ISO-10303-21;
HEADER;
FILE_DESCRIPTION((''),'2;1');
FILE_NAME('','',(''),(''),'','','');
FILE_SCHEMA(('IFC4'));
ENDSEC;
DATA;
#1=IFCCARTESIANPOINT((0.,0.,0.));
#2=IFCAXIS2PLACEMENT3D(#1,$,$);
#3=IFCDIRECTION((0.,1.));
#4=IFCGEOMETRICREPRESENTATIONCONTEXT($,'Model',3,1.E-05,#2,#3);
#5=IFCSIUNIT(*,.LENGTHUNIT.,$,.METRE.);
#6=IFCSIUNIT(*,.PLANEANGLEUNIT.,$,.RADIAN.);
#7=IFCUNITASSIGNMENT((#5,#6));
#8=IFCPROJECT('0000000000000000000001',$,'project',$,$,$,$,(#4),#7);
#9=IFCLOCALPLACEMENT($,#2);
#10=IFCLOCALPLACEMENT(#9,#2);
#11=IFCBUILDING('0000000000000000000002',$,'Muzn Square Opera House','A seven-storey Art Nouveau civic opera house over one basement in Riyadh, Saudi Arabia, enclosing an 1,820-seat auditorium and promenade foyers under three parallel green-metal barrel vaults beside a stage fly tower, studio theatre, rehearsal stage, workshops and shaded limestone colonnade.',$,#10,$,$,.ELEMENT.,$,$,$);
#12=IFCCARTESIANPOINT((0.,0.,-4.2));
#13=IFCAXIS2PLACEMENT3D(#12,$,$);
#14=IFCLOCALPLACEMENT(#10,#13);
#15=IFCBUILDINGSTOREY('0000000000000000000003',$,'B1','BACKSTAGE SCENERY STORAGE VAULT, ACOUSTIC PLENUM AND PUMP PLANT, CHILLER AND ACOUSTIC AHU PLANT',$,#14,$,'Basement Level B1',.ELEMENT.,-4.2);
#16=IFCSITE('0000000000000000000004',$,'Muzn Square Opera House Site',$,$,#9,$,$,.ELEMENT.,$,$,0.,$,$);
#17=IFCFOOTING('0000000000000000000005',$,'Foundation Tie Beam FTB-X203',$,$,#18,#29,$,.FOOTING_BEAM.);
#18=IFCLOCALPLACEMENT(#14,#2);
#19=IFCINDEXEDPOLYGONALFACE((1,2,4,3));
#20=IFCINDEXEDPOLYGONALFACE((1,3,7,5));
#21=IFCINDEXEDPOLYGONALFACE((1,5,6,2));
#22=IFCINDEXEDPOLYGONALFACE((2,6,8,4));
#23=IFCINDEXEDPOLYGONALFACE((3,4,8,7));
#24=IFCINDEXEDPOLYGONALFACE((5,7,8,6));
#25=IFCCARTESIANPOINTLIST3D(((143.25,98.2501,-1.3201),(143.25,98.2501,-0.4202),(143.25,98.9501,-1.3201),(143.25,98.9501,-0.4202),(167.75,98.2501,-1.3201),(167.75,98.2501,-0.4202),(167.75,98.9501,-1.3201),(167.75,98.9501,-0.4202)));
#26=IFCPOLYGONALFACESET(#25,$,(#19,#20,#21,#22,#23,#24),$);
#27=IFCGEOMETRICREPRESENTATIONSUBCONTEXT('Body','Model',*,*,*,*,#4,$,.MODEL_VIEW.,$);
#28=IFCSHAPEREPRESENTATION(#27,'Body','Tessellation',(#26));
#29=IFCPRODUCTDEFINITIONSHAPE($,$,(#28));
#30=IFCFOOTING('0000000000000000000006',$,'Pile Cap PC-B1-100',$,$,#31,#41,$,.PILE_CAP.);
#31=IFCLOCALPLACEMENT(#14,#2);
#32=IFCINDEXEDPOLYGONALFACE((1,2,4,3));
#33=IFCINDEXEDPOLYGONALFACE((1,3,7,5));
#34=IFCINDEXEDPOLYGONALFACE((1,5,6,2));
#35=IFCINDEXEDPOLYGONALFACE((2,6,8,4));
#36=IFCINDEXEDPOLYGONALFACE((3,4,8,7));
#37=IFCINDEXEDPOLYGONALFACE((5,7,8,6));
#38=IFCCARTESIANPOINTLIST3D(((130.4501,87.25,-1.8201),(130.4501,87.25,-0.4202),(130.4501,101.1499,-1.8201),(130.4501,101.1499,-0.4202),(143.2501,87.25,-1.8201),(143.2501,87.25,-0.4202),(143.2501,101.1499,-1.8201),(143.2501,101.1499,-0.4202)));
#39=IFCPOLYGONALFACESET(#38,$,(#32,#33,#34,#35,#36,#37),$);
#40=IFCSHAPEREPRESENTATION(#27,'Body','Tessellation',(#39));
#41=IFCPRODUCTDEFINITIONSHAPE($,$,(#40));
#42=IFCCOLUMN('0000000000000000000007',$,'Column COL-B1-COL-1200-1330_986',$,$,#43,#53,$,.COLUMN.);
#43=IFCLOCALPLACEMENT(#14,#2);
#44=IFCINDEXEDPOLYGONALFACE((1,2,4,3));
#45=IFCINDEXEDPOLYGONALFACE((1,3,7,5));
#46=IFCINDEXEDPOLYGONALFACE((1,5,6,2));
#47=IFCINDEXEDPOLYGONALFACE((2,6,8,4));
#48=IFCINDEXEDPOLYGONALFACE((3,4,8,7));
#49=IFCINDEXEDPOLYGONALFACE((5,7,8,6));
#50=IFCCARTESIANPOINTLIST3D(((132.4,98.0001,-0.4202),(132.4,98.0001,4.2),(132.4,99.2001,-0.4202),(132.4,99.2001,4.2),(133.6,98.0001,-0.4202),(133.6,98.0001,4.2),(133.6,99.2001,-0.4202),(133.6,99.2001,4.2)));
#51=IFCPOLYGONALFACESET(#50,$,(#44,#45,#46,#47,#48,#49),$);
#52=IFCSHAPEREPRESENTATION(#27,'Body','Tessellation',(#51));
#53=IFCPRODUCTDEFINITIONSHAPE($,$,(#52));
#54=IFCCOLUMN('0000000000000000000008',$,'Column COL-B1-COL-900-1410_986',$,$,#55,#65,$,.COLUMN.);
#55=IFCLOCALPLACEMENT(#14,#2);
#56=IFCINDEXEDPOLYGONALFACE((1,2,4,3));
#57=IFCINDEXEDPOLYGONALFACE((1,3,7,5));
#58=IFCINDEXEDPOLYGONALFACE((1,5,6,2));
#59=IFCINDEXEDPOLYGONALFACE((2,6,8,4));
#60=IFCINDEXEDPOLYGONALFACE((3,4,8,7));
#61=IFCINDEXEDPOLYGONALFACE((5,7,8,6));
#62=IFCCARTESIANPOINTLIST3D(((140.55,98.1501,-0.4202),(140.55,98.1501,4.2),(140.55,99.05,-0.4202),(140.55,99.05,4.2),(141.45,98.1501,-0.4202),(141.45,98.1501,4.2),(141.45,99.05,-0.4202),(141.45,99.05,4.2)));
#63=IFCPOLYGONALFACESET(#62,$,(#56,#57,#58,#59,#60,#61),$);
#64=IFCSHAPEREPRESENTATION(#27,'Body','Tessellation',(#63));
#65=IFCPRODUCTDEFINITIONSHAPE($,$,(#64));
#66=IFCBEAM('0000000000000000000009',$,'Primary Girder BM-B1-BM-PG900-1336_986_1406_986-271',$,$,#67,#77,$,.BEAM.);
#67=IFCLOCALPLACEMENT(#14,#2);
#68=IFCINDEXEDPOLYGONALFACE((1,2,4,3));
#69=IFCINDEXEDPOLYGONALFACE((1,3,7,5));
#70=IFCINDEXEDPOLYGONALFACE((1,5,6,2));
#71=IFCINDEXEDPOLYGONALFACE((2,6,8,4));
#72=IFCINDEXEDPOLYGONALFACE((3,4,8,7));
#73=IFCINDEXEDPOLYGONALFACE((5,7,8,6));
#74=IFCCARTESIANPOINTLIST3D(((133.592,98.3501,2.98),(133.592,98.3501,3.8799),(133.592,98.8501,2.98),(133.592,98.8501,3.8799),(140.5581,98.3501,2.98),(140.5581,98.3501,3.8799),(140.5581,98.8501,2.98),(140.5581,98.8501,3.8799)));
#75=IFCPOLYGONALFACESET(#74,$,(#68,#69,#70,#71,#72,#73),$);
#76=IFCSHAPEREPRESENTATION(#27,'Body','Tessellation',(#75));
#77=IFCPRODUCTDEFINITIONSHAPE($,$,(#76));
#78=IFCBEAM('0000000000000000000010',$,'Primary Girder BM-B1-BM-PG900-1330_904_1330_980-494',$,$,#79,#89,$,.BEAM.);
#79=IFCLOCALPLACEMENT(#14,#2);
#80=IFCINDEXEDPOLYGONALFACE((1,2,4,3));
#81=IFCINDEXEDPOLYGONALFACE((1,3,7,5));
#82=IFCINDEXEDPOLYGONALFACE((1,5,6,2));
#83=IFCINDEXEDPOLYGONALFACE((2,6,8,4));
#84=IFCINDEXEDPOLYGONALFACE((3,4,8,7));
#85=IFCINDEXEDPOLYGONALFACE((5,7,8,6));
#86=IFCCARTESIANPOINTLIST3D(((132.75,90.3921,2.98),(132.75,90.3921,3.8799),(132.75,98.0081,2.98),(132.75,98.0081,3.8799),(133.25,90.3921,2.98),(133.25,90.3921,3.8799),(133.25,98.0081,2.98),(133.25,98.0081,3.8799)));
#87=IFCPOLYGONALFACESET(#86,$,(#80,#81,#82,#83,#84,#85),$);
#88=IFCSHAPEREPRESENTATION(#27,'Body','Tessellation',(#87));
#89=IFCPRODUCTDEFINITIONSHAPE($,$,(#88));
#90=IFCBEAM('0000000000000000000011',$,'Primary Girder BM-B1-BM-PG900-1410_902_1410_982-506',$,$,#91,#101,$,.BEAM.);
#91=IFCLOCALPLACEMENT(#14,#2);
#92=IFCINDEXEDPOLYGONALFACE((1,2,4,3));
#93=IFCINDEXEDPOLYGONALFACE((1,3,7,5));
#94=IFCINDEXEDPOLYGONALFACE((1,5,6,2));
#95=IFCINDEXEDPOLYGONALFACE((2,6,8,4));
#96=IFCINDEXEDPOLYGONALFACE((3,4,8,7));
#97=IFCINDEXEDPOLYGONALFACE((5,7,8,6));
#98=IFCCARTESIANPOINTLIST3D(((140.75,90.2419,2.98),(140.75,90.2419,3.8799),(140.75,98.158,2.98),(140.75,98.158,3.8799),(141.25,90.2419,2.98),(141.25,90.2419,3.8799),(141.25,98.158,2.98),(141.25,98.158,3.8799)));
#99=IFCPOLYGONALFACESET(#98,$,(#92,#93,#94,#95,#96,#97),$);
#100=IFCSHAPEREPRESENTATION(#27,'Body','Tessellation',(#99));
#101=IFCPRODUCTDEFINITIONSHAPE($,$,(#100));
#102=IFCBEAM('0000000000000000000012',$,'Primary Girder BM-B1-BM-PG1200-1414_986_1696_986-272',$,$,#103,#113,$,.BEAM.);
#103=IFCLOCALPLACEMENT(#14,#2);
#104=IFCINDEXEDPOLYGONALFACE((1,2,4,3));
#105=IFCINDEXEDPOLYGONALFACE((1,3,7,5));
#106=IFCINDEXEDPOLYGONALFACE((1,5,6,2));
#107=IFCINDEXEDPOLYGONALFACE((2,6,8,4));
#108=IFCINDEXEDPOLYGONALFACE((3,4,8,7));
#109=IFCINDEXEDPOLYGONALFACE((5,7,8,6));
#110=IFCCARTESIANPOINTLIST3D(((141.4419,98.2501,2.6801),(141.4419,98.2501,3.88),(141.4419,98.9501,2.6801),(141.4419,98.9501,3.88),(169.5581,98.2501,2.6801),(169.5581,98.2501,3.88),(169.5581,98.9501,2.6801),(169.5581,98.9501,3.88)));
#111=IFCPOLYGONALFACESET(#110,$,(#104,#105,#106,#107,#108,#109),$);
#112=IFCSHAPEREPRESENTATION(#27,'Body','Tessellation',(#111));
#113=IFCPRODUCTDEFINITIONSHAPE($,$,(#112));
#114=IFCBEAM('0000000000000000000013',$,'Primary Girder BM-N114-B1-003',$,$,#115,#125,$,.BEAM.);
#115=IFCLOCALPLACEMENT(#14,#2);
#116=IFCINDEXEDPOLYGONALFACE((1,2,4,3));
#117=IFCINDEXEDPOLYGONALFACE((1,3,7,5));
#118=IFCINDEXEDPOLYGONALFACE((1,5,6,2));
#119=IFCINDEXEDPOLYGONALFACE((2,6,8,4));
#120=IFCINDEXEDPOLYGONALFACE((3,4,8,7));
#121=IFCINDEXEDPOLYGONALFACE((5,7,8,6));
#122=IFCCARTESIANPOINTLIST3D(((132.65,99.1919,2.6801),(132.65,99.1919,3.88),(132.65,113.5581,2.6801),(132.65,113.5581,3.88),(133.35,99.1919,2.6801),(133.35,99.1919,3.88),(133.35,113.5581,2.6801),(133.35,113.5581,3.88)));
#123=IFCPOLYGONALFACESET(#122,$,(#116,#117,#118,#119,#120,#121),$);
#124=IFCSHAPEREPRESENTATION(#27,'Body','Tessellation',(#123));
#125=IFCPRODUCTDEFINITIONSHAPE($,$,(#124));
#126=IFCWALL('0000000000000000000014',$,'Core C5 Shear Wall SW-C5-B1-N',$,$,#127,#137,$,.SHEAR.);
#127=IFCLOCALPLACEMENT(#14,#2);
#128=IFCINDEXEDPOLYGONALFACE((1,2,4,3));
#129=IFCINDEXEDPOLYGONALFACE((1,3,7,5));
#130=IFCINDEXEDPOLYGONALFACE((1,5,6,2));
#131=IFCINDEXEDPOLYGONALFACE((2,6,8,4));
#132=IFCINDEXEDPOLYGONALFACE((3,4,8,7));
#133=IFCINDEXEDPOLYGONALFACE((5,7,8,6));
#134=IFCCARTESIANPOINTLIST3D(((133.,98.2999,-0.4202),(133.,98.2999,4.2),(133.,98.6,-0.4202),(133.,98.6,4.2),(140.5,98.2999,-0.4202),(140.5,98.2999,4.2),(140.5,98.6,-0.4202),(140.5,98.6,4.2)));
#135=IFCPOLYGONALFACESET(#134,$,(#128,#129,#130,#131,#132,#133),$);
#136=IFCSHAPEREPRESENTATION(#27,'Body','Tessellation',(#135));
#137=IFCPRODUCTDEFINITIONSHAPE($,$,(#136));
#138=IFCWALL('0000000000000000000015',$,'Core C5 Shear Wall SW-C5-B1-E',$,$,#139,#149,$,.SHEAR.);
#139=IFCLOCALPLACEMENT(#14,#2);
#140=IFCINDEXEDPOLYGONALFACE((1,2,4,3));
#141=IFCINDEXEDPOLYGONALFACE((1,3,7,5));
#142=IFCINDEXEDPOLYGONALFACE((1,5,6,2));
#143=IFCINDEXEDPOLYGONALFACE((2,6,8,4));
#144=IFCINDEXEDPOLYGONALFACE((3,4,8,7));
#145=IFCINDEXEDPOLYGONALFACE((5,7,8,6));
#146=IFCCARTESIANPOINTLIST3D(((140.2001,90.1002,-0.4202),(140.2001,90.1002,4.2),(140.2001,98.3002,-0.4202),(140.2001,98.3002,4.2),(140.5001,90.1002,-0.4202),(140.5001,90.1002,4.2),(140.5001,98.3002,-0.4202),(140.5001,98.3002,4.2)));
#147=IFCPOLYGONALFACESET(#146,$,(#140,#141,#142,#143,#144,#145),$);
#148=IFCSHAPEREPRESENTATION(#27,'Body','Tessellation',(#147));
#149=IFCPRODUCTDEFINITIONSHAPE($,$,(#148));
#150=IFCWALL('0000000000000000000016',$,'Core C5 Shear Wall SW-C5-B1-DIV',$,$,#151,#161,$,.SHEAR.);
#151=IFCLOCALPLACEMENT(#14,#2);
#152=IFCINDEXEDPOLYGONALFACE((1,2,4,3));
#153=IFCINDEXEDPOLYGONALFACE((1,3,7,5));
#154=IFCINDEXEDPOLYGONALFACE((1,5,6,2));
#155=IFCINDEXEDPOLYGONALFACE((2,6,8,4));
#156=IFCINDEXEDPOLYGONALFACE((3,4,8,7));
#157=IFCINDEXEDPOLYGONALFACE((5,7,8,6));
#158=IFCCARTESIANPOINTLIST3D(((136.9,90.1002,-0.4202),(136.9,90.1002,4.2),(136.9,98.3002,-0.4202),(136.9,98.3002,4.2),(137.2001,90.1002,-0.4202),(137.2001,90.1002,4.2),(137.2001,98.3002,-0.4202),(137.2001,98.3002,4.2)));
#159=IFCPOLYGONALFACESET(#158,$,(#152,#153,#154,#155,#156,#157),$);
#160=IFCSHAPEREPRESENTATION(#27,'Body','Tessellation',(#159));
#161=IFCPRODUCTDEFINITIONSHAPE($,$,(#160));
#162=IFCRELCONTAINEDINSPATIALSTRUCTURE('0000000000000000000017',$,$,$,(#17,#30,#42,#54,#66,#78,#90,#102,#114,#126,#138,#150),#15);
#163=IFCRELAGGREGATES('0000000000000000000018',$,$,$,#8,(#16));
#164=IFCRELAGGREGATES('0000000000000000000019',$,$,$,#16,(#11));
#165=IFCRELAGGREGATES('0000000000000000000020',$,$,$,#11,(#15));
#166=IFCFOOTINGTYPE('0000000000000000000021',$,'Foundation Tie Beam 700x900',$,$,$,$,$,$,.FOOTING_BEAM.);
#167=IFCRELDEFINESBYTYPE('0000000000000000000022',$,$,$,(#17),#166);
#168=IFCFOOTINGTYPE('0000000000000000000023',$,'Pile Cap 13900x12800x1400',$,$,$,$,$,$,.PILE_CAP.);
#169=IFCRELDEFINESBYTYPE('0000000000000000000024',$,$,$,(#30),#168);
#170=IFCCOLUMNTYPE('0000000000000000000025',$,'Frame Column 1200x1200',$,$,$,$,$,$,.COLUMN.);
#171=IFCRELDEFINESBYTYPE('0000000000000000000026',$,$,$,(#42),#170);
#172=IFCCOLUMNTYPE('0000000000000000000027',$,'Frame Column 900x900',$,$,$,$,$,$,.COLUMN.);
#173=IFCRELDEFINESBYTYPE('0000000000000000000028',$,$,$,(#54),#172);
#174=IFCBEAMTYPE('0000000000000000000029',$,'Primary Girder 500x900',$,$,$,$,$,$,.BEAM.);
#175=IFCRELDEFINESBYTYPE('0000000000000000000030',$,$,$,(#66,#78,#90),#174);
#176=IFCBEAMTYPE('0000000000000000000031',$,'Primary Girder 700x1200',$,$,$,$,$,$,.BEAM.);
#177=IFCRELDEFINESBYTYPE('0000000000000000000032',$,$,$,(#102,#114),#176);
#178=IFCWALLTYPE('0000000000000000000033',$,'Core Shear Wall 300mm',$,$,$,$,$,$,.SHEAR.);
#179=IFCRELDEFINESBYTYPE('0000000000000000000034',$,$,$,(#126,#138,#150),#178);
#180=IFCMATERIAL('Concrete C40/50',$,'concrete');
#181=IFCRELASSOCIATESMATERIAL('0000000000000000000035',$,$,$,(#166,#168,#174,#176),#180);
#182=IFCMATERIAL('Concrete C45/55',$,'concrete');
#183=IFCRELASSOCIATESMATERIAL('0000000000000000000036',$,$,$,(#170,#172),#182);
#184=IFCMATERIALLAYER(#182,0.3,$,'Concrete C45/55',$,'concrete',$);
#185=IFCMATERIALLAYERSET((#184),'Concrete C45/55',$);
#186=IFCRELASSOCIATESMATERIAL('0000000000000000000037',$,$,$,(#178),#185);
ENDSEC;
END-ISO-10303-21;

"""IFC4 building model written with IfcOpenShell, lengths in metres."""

from ifc_helpers import new_model, si_unit, direction, frame, frame_2d, origin, origin_2d, place, context, subcontext, project, spatial, rectangle, extrude, material, layer, layer_set, material_profile, profile_set, type_object, element, save


model = new_model("IFC4")

# Units and contexts
model_context = context("Model", 3, precision=1e-05, world=origin(), true_north=direction((0.0, 1.0)))
body_context = subcontext(model_context, "Body", "Model", "MODEL_VIEW")
ifc_project = project(units=[si_unit("LENGTHUNIT", "METRE"), si_unit("PLANEANGLEUNIT", "RADIAN")], contexts=[model_context])

# Site, building, storey
site_placement = place(None, origin())
site = spatial("IfcSite", under=ifc_project, at=site_placement, Name="Muzn Square Opera House Site", CompositionType="ELEMENT", RefElevation=0.0)
building_placement = place(site_placement, origin())
building = spatial("IfcBuilding", under=site, at=building_placement, Name="Muzn Square Opera House", Description="A seven-storey Art Nouveau civic opera house over one basement in Riyadh, Saudi Arabia, enclosing an 1,820-seat auditorium and promenade foyers under three parallel green-metal barrel vaults beside a stage fly tower, studio theatre, rehearsal stage, workshops and shaded limestone colonnade.", CompositionType="ELEMENT")
storey_placement = place(building_placement, frame((0.0, 0.0, -4.2)))
storey = spatial("IfcBuildingStorey", under=building, at=storey_placement, Name="B1", Description="BACKSTAGE SCENERY STORAGE VAULT, ACOUSTIC PLENUM AND PUMP PLANT, CHILLER AND ACOUSTIC AHU PLANT", LongName="Basement Level B1", CompositionType="ELEMENT", Elevation=-4.2)

# Shared definitions
ifc_material_1 = material(Name="Concrete C40/50", Category="concrete")

# Footings
ifc_material_profile_1 = material_profile(ifc_material_1, rectangle(XDim=0.7, YDim=0.8999, at=origin_2d()), Name="RCTB 700x900", Category="concrete")
ifc_profile_set_1 = profile_set([ifc_material_profile_1], Name="Concrete C40/50")
footing_type_1 = type_object("IfcFootingType", Name="Foundation Tie Beam 700x900", PredefinedType="FOOTING_BEAM", material=ifc_profile_set_1)
footing_1_placement = place(storey_placement, frame((143.25, 98.6001, -0.8701), z_axis=(1.0, 0.0, 0.0), x_axis=(0.0, 1.0, 0.0)))
element("IfcFooting", 1, at=footing_1_placement, inside=storey, type_object=footing_type_1, Name="Foundation Tie Beam FTB-X203", PredefinedType="FOOTING_BEAM", context=body_context, shape_type="SweptSolid", body=[
    extrude(rectangle(XDim=0.7, YDim=0.8999, at=origin_2d()), origin(), (0.0, 0.0, 1.0), 24.5),
])
footing_type_2 = type_object("IfcFootingType", Name="Pile Cap 13900x12800x1400", PredefinedType="PILE_CAP", material=ifc_material_1)
footing_2_placement = place(storey_placement, frame((136.8501, 94.2, -1.8201), z_axis=(0.0, 0.0, 1.0), x_axis=(1.0, 0.0, 0.0)))
element("IfcFooting", 2, at=footing_2_placement, inside=storey, type_object=footing_type_2, Name="Pile Cap PC-B1-100", PredefinedType="PILE_CAP", context=body_context, shape_type="SweptSolid", body=[
    extrude(rectangle(XDim=12.8, YDim=13.8999, at=origin_2d()), origin(), (0.0, 0.0, 1.0), 1.3999),
])

# Columns
ifc_material_2 = material(Name="Concrete C45/55", Category="concrete")
ifc_material_profile_2 = material_profile(ifc_material_2, rectangle(XDim=1.2, YDim=1.2, at=origin_2d()), Name="RC 1200x1200", Category="concrete")
ifc_profile_set_2 = profile_set([ifc_material_profile_2], Name="Concrete C45/55")
column_type_1 = type_object("IfcColumnType", Name="Frame Column 1200x1200", PredefinedType="COLUMN", material=ifc_profile_set_2)
column_1_placement = place(storey_placement, frame((133.0, 98.6001, -0.4202), z_axis=(0.0, 0.0, 1.0), x_axis=(1.0, 0.0, 0.0)))
element("IfcColumn", 3, at=column_1_placement, inside=storey, type_object=column_type_1, Name="Column COL-B1-COL-1200-1330_986", PredefinedType="COLUMN", context=body_context, shape_type="SweptSolid", body=[
    extrude(rectangle(XDim=1.2, YDim=1.2, at=origin_2d()), origin(), (0.0, 0.0, 1.0), 4.6201),
])
ifc_material_profile_3 = material_profile(ifc_material_2, rectangle(XDim=0.8999, YDim=0.8999, at=origin_2d()), Name="RC 900x900", Category="concrete")
ifc_profile_set_3 = profile_set([ifc_material_profile_3], Name="Concrete C45/55")
column_type_2 = type_object("IfcColumnType", Name="Frame Column 900x900", PredefinedType="COLUMN", material=ifc_profile_set_3)
column_2_placement = place(storey_placement, frame((141.0, 98.6001, -0.4202), z_axis=(0.0, 0.0, 1.0), x_axis=(1.0, 0.0, 0.0)))
element("IfcColumn", 4, at=column_2_placement, inside=storey, type_object=column_type_2, Name="Column COL-B1-COL-900-1410_986", PredefinedType="COLUMN", context=body_context, shape_type="SweptSolid", body=[
    extrude(rectangle(XDim=0.8999, YDim=0.8999, at=origin_2d()), origin(), (0.0, 0.0, 1.0), 4.6201),
])

# Beams
ifc_material_profile_4 = material_profile(ifc_material_1, rectangle(XDim=0.5, YDim=0.8999, at=origin_2d()), Name="RCB 500x900", Category="concrete")
ifc_profile_set_4 = profile_set([ifc_material_profile_4], Name="Concrete C40/50")
beam_type_1 = type_object("IfcBeamType", Name="Primary Girder 500x900", PredefinedType="BEAM", material=ifc_profile_set_4)
beam_1_placement = place(storey_placement, frame((133.592, 98.6001, 3.4299), z_axis=(1.0, 0.0, 0.0), x_axis=(0.0, 1.0, 0.0)))
element("IfcBeam", 5, at=beam_1_placement, inside=storey, type_object=beam_type_1, Name="Primary Girder BM-B1-BM-PG900-1336_986_1406_986-271", PredefinedType="BEAM", context=body_context, shape_type="SweptSolid", body=[
    extrude(rectangle(XDim=0.5, YDim=0.8999, at=origin_2d()), origin(), (0.0, 0.0, 1.0), 6.9661),
])
beam_2_placement = place(storey_placement, frame((133.0, 90.3921, 3.4299), z_axis=(0.0, 1.0, 0.0), x_axis=(-1.0, 0.0, 0.0)))
element("IfcBeam", 6, at=beam_2_placement, inside=storey, type_object=beam_type_1, Name="Primary Girder BM-B1-BM-PG900-1330_904_1330_980-494", PredefinedType="BEAM", context=body_context, shape_type="SweptSolid", body=[
    extrude(rectangle(XDim=0.5, YDim=0.8999, at=origin_2d()), origin(), (0.0, 0.0, 1.0), 7.616),
])
beam_3_placement = place(storey_placement, frame((141.0, 90.2419, 3.4299), z_axis=(0.0, 1.0, 0.0), x_axis=(-1.0, 0.0, 0.0)))
element("IfcBeam", 7, at=beam_3_placement, inside=storey, type_object=beam_type_1, Name="Primary Girder BM-B1-BM-PG900-1410_902_1410_982-506", PredefinedType="BEAM", context=body_context, shape_type="SweptSolid", body=[
    extrude(rectangle(XDim=0.5, YDim=0.8999, at=origin_2d()), origin(), (0.0, 0.0, 1.0), 7.916),
])
ifc_material_profile_5 = material_profile(ifc_material_1, rectangle(XDim=0.7, YDim=1.2, at=origin_2d()), Name="RCB 700x1200", Category="concrete")
ifc_profile_set_5 = profile_set([ifc_material_profile_5], Name="Concrete C40/50")
beam_type_2 = type_object("IfcBeamType", Name="Primary Girder 700x1200", PredefinedType="BEAM", material=ifc_profile_set_5)
beam_4_placement = place(storey_placement, frame((141.4419, 98.6001, 3.28), z_axis=(1.0, 0.0, 0.0), x_axis=(0.0, 1.0, 0.0)))
element("IfcBeam", 8, at=beam_4_placement, inside=storey, type_object=beam_type_2, Name="Primary Girder BM-B1-BM-PG1200-1414_986_1696_986-272", PredefinedType="BEAM", context=body_context, shape_type="SweptSolid", body=[
    extrude(rectangle(XDim=0.7, YDim=1.2, at=origin_2d()), origin(), (0.0, 0.0, 1.0), 28.1162),
])
beam_5_placement = place(storey_placement, frame((133.0, 99.1919, 3.28), z_axis=(0.0, 1.0, 0.0), x_axis=(-1.0, 0.0, 0.0)))
element("IfcBeam", 9, at=beam_5_placement, inside=storey, type_object=beam_type_2, Name="Primary Girder BM-N114-B1-003", PredefinedType="BEAM", context=body_context, shape_type="SweptSolid", body=[
    extrude(rectangle(XDim=0.7, YDim=1.2, at=origin_2d()), origin(), (0.0, 0.0, 1.0), 14.3662),
])

# Walls
ifc_layer = layer(ifc_material_2, 0.3, Name="Concrete C45/55", Category="concrete")
ifc_layer_set = layer_set([ifc_layer], Name="Concrete C45/55")
wall_type = type_object("IfcWallType", Name="Core Shear Wall 300mm", PredefinedType="SHEAR", material=ifc_layer_set)
wall_placement = place(storey_placement, frame((133.0, 98.45, -0.4202), z_axis=(0.0, 0.0, 1.0), x_axis=(1.0, 0.0, 0.0)))
element("IfcWall", 10, at=wall_placement, inside=storey, type_object=wall_type, Name="Core C5 Shear Wall SW-C5-B1-N", PredefinedType="SHEAR", context=body_context, shape_type="SweptSolid", body=[
    extrude(rectangle(XDim=7.5, YDim=0.3, at=frame_2d((3.75, 0.0))), origin(), (0.0, 0.0, 1.0), 4.6201),
])
for number, where, z_axis, x_axis, name in (
    (11, (140.3501, 90.1001, -0.4202), (0.0, 0.0, 1.0), (0.0, 1.0, 0.0), "Core C5 Shear Wall SW-C5-B1-E"),
    (12, (137.05, 90.1001, -0.4202), (0.0, 0.0, 1.0), (0.0, 1.0, 0.0), "Core C5 Shear Wall SW-C5-B1-DIV"),
):
    element("IfcWall", number, at=place(storey_placement, frame(where, z_axis=z_axis, x_axis=x_axis)), inside=storey, type_object=wall_type, Name=name, PredefinedType="SHEAR", context=body_context, shape_type="SweptSolid", body=[
        extrude(rectangle(XDim=8.2, YDim=0.3, at=frame_2d((4.1001, 0.0))), origin(), (0.0, 0.0, 1.0), 4.6201),
    ])

save(model, "model.ifc")
